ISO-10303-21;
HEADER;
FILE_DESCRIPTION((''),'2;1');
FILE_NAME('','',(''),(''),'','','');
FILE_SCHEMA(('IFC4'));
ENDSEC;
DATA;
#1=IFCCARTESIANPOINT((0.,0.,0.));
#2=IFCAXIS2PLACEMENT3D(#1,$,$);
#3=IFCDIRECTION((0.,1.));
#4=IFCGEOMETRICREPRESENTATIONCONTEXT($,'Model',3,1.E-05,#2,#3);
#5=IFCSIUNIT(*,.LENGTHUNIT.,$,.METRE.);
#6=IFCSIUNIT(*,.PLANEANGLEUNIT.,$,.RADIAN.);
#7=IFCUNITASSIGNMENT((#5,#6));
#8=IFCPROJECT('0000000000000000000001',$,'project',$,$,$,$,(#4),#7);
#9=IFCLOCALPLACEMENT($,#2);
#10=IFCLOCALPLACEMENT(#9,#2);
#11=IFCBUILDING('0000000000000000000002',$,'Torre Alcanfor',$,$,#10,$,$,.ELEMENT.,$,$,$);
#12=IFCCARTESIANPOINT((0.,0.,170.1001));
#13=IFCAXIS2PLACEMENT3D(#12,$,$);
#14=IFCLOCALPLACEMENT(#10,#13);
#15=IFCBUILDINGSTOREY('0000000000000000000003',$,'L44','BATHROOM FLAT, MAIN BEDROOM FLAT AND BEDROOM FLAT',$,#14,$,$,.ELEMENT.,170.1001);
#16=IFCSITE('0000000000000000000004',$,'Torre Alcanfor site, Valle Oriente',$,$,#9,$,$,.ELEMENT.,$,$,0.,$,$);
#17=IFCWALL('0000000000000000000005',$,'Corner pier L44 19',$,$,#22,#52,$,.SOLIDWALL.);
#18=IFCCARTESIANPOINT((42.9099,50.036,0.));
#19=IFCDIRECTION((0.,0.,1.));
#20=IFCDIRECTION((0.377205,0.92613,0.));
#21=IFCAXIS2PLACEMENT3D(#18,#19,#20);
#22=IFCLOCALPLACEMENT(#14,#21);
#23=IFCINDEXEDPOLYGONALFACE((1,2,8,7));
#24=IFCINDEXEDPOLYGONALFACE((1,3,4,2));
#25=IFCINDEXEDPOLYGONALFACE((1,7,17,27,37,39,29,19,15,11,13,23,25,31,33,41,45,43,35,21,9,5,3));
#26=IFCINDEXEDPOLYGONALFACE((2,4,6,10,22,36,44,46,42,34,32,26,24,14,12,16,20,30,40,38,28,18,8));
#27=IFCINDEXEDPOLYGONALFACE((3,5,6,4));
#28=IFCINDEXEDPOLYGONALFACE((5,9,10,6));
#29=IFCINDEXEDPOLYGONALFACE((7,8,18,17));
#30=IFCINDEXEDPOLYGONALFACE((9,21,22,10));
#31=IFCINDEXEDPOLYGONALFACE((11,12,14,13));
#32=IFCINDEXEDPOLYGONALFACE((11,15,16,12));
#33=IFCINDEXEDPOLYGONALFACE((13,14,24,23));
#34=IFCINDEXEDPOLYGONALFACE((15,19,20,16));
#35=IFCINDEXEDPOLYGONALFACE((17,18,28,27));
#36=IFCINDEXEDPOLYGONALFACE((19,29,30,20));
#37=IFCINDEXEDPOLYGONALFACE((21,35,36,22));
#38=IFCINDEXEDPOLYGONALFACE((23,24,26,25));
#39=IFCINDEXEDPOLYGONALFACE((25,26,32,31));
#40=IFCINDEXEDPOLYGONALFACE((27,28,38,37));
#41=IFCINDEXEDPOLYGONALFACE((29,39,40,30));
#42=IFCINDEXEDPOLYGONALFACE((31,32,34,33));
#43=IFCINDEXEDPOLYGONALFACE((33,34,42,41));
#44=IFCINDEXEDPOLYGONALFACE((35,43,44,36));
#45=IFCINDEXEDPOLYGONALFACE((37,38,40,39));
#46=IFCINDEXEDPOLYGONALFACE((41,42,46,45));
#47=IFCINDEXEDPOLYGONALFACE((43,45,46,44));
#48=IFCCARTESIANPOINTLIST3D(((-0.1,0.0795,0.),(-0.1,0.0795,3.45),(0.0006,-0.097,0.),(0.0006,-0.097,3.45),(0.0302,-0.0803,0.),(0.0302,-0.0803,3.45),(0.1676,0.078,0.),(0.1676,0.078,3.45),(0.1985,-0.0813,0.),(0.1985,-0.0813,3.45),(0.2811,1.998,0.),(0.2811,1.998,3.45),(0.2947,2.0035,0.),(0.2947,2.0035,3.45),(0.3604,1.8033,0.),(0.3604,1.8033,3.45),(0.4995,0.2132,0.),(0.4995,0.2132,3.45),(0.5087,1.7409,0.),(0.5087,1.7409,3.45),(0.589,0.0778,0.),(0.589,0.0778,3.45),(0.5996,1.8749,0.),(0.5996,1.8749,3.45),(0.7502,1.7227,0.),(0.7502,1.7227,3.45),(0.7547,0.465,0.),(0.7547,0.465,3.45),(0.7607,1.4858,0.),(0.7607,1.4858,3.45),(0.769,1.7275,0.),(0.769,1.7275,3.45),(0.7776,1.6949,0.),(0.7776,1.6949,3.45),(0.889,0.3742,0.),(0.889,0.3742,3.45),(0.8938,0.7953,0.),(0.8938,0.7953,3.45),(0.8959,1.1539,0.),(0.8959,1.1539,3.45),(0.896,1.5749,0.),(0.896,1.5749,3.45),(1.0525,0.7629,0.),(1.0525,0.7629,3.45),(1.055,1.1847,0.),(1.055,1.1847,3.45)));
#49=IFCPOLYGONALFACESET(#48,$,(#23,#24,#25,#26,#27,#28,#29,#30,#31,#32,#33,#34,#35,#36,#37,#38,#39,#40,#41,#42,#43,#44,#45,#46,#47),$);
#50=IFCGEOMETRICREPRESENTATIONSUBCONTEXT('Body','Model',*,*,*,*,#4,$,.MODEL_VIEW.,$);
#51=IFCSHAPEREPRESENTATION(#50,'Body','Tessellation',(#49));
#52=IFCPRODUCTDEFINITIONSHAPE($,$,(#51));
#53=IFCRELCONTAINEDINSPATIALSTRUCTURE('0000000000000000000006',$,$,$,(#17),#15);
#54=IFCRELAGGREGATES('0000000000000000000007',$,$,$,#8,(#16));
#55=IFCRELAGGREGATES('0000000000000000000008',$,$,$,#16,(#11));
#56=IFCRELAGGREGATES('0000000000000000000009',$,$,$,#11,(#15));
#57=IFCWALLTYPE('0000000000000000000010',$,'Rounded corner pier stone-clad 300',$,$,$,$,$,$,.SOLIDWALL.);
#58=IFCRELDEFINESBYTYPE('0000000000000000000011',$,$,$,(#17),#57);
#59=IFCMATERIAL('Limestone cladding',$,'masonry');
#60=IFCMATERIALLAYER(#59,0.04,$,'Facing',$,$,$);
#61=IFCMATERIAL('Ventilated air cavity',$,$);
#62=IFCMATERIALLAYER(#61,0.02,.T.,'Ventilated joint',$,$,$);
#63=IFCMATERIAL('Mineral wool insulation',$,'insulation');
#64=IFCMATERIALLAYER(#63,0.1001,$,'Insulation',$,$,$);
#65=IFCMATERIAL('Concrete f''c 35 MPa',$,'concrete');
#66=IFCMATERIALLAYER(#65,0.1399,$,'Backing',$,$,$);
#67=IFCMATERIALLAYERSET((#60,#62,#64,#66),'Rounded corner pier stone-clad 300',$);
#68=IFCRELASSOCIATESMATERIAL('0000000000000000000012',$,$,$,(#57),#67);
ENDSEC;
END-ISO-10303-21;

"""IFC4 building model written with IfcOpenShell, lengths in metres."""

from ifc_helpers import new_model, si_unit, direction, frame, origin, place, context, subcontext, project, spatial, polyline, outline, extrude, material, layer, layer_set, type_object, element, save


model = new_model("IFC4")

# Units and contexts
model_context = context("Model", 3, precision=1e-05, world=origin(), true_north=direction((0.0, 1.0)))
body_context = subcontext(model_context, "Body", "Model", "MODEL_VIEW")
ifc_project = project(units=[si_unit("LENGTHUNIT", "METRE"), si_unit("PLANEANGLEUNIT", "RADIAN")], contexts=[model_context])

# Site, building, storey
site_placement = place(None, origin())
site = spatial("IfcSite", under=ifc_project, at=site_placement, Name="Torre Alcanfor site, Valle Oriente", CompositionType="ELEMENT", RefElevation=0.0)
building_placement = place(site_placement, origin())
building = spatial("IfcBuilding", under=site, at=building_placement, Name="Torre Alcanfor", CompositionType="ELEMENT")
storey_placement = place(building_placement, frame((0.0, 0.0, 170.1001)))
storey = spatial("IfcBuildingStorey", under=building, at=storey_placement, Name="L44", Description="BATHROOM FLAT, MAIN BEDROOM FLAT AND BEDROOM FLAT", CompositionType="ELEMENT", Elevation=170.1001)

# Shared definitions
ifc_material_1 = material(Name="Limestone cladding", Category="masonry")
ifc_material_2 = material(Name="Ventilated air cavity")
ifc_material_3 = material(Name="Mineral wool insulation", Category="insulation")
ifc_material_4 = material(Name="Concrete f'c 35 MPa", Category="concrete")

# Wall
ifc_layer_1 = layer(ifc_material_1, 0.04, Name="Facing")
ifc_layer_2 = layer(ifc_material_2, 0.02, ventilated=True, Name="Ventilated joint")
ifc_layer_3 = layer(ifc_material_3, 0.1001, Name="Insulation")
ifc_layer_4 = layer(ifc_material_4, 0.1399, Name="Backing")
ifc_layer_set_1 = layer_set([ifc_layer_1, ifc_layer_2, ifc_layer_3, ifc_layer_4], Name="Rounded corner pier stone-clad 300")
wall_type_1 = type_object("IfcWallType", Name="Rounded corner pier stone-clad 300", PredefinedType="SOLIDWALL", material=ifc_layer_set_1)
wall_1_placement = place(storey_placement, frame((42.9099, 50.036, 0.0), z_axis=(0.0, 0.0, 1.0), x_axis=(0.377205, 0.92613, 0.0)))
element("IfcWall", 1, at=wall_1_placement, inside=storey, type_object=wall_type_1, Name="Corner pier L44 19", PredefinedType="SOLIDWALL", context=body_context, shape_type="SweptSolid", body=[
    extrude(outline(polyline([(0.769, 1.7275), (0.7502, 1.7227), (0.5996, 1.8749), (0.2947, 2.0035), (0.2811, 1.998), (0.3604, 1.8033), (0.5087, 1.7409), (0.7607, 1.4858), (0.8959, 1.1539), (0.8938, 0.7953), (0.7547, 0.465), (0.4995, 0.2132), (0.1676, 0.078), (-0.1, 0.0795), (0.0006, -0.097), (0.0302, -0.0803), (0.1985, -0.0813), (0.589, 0.0778), (0.889, 0.3742), (1.0525, 0.7629), (1.055, 1.1847), (0.896, 1.5749), (0.7776, 1.6949), (0.769, 1.7275)])), origin(), (0.0, 0.0, 1.0), 3.45),
])

save(model, "model.ifc")
